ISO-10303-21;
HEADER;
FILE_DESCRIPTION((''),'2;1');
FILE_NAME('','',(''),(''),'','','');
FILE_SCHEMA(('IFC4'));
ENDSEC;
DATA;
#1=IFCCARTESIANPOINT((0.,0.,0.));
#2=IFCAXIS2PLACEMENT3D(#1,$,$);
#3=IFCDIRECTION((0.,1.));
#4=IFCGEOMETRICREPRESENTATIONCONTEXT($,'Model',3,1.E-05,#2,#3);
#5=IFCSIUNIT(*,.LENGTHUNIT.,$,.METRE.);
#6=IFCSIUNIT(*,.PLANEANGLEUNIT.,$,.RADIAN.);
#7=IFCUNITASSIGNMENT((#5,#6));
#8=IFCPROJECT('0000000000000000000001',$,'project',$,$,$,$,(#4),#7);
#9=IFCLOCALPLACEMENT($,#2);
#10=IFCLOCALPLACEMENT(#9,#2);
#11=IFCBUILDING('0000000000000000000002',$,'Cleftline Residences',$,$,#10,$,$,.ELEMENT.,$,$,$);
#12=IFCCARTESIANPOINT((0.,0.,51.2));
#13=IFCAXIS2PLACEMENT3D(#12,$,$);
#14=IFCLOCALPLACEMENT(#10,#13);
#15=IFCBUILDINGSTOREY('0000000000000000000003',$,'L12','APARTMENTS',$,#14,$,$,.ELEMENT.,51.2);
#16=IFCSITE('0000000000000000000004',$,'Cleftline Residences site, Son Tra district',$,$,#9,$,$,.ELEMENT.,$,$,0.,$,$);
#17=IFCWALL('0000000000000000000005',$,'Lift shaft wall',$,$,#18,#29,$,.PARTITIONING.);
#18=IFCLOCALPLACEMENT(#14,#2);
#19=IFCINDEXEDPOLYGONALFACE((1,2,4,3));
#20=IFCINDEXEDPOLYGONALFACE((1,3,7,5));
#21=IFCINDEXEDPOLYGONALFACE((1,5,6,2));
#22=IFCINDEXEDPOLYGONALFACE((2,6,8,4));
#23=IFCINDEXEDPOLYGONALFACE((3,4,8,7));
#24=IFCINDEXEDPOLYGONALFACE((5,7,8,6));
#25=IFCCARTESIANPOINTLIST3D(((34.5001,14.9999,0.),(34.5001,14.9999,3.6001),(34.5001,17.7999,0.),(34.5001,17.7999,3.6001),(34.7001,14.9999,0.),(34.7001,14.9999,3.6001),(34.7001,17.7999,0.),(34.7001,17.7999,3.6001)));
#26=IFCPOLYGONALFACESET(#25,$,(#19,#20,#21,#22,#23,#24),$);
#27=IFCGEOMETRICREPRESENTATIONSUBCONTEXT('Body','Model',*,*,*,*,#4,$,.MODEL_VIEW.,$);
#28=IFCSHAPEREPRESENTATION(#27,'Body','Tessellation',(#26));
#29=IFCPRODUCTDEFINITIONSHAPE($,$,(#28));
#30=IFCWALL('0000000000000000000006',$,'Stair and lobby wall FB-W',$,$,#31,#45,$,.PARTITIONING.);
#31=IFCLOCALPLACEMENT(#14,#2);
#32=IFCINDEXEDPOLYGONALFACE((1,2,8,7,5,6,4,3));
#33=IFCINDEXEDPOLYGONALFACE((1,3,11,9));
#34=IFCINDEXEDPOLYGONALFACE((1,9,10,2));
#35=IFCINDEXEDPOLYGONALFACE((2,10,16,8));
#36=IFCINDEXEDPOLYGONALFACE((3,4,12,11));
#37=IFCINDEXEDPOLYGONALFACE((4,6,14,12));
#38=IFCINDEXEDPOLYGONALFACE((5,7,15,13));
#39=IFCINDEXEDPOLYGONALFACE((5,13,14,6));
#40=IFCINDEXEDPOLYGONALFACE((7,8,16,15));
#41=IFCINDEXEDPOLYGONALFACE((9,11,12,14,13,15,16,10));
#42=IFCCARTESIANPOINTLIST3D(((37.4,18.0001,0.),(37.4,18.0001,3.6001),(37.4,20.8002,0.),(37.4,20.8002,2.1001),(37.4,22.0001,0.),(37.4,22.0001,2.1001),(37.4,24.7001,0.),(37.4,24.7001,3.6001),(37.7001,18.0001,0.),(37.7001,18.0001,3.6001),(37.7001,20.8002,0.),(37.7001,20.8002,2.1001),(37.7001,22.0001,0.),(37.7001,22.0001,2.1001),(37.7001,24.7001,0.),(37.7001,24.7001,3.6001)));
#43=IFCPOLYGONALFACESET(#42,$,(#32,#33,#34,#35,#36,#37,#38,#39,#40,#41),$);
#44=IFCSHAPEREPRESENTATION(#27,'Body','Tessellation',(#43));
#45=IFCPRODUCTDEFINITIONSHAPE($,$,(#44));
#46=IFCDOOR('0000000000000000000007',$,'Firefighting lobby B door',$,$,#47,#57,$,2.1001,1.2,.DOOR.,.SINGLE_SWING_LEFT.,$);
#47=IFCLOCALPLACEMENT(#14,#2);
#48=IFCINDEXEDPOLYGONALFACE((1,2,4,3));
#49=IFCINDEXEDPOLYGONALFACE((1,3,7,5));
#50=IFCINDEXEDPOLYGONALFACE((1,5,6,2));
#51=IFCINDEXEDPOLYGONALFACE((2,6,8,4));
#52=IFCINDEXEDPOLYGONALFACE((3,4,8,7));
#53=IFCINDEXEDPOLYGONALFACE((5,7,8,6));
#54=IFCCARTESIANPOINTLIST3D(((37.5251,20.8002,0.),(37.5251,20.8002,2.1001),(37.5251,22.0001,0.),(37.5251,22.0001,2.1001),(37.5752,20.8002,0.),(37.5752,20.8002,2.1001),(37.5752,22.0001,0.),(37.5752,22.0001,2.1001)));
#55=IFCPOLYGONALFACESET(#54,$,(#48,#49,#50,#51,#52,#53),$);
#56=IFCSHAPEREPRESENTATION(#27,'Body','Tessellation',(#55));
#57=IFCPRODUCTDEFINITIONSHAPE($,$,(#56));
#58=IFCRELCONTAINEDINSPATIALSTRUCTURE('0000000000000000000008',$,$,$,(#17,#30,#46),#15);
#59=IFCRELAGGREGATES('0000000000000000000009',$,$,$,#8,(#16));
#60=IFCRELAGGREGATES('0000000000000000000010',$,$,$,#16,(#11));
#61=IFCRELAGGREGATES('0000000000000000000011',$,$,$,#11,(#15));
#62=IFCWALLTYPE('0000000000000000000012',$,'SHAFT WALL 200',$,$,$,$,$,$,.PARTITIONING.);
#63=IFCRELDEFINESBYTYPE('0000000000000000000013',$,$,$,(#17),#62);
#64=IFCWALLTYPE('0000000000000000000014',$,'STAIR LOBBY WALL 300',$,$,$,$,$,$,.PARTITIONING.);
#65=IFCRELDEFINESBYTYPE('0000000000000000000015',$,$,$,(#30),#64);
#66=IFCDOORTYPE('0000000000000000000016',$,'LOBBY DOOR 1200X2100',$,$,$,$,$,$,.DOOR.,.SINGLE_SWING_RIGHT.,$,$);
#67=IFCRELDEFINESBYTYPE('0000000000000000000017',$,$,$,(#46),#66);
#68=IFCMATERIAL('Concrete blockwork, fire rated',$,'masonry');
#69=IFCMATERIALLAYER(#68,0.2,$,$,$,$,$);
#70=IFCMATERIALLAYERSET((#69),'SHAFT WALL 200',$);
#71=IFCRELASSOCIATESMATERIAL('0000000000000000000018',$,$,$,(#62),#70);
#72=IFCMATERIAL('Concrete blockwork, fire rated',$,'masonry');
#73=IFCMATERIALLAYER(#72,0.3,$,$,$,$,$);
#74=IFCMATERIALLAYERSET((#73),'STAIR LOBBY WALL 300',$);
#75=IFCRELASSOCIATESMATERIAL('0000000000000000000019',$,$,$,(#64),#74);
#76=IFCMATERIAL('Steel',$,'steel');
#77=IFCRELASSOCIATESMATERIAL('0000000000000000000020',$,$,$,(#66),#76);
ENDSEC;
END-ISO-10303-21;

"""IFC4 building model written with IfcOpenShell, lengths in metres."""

from ifc_helpers import new_model, si_unit, direction, frame, frame_2d, origin, place, context, subcontext, project, spatial, rectangle, extrude, material, layer, layer_set, type_object, element, fill, save


model = new_model("IFC4")

# Units and contexts
model_context = context("Model", 3, precision=1e-05, world=origin(), true_north=direction((0.0, 1.0)))
body_context = subcontext(model_context, "Body", "Model", "MODEL_VIEW")
ifc_project = project(units=[si_unit("LENGTHUNIT", "METRE"), si_unit("PLANEANGLEUNIT", "RADIAN")], contexts=[model_context])

# Site, building, storey
site_placement = place(None, origin())
site = spatial("IfcSite", under=ifc_project, at=site_placement, Name="Cleftline Residences site, Son Tra district", CompositionType="ELEMENT", RefElevation=0.0)
building_placement = place(site_placement, origin())
building = spatial("IfcBuilding", under=site, at=building_placement, Name="Cleftline Residences", CompositionType="ELEMENT")
storey_placement = place(building_placement, frame((0.0, 0.0, 51.2)))
storey = spatial("IfcBuildingStorey", under=building, at=storey_placement, Name="L12", Description="APARTMENTS", CompositionType="ELEMENT", Elevation=51.2)

# Wall
ifc_material_1 = material(Name="Concrete blockwork, fire rated", Category="masonry")
ifc_layer_1 = layer(ifc_material_1, 0.2)
ifc_layer_set_1 = layer_set([ifc_layer_1], Name="SHAFT WALL 200")
wall_type_1 = type_object("IfcWallType", Name="SHAFT WALL 200", PredefinedType="PARTITIONING", material=ifc_layer_set_1)
for number, where, z_axis, x_axis, name in (
    (1, (34.6001, 15.0, 0.0), (0.0, 0.0, 1.0), (0.0, 1.0, 0.0), "Lift shaft wall"),
):
    element("IfcWall", number, at=place(storey_placement, frame(where, z_axis=z_axis, x_axis=x_axis)), inside=storey, type_object=wall_type_1, Name=name, PredefinedType="PARTITIONING", context=body_context, shape_type="SweptSolid", body=[
        extrude(rectangle(XDim=2.8, YDim=0.2, at=frame_2d((1.3999, 0.0))), origin(), (0.0, 0.0, 1.0), 3.6001),
    ])

# Wall, opening, door
ifc_material_2 = material(Name="Concrete blockwork, fire rated", Category="masonry")
ifc_layer_2 = layer(ifc_material_2, 0.3)
ifc_layer_set_2 = layer_set([ifc_layer_2], Name="STAIR LOBBY WALL 300")
wall_type_2 = type_object("IfcWallType", Name="STAIR LOBBY WALL 300", PredefinedType="PARTITIONING", material=ifc_layer_set_2)
wall_1_placement = place(storey_placement, frame((37.55, 18.0, 0.0), z_axis=(0.0, 0.0, 1.0), x_axis=(0.0, 1.0, 0.0)))
wall_1 = element("IfcWall", 2, at=wall_1_placement, inside=storey, type_object=wall_type_2, Name="Stair and lobby wall FB-W", PredefinedType="PARTITIONING", context=body_context, shape_type="SweptSolid", body=[
    extrude(rectangle(XDim=6.7, YDim=0.3, at=frame_2d((3.3501, 0.0))), origin(), (0.0, 0.0, 1.0), 3.6001),
])
opening_1_placement = place(wall_1_placement, frame((2.8, 0.0, 0.0)))
opening_1 = element("IfcOpeningElement", 3, at=opening_1_placement, cuts=wall_1, PredefinedType="OPENING", context=body_context, shape_type="SweptSolid", body=[
    extrude(rectangle(XDim=1.2, YDim=2.1001, at=frame_2d((0.6001, 1.05))), frame((0.0, 0.1599, 0.0), z_axis=(0.0, -1.0, 0.0), x_axis=(1.0, 0.0, 0.0)), (0.0, 0.0, 1.0), 0.3201),
])
ifc_material_3 = material(Name="Steel", Category="steel")
door_type_1 = type_object("IfcDoorType", Name="LOBBY DOOR 1200X2100", OperationType="SINGLE_SWING_RIGHT", PredefinedType="DOOR", material=ifc_material_3)
door_1_placement = place(opening_1_placement, origin())
door_1 = element("IfcDoor", 4, at=door_1_placement, inside=storey, type_object=door_type_1, Name="Firefighting lobby B door", OperationType="SINGLE_SWING_LEFT", OverallHeight=2.1001, OverallWidth=1.2, PredefinedType="DOOR", context=body_context, shape_type="SweptSolid", body=[
    extrude(rectangle(XDim=1.2, YDim=2.1001, at=frame_2d((0.6001, 1.05))), frame((0.0, 0.0249, 0.0), z_axis=(0.0, -1.0, 0.0), x_axis=(1.0, 0.0, 0.0)), (0.0, 0.0, 1.0), 0.05),
])
fill(opening_1, door_1)

save(model, "model.ifc")
